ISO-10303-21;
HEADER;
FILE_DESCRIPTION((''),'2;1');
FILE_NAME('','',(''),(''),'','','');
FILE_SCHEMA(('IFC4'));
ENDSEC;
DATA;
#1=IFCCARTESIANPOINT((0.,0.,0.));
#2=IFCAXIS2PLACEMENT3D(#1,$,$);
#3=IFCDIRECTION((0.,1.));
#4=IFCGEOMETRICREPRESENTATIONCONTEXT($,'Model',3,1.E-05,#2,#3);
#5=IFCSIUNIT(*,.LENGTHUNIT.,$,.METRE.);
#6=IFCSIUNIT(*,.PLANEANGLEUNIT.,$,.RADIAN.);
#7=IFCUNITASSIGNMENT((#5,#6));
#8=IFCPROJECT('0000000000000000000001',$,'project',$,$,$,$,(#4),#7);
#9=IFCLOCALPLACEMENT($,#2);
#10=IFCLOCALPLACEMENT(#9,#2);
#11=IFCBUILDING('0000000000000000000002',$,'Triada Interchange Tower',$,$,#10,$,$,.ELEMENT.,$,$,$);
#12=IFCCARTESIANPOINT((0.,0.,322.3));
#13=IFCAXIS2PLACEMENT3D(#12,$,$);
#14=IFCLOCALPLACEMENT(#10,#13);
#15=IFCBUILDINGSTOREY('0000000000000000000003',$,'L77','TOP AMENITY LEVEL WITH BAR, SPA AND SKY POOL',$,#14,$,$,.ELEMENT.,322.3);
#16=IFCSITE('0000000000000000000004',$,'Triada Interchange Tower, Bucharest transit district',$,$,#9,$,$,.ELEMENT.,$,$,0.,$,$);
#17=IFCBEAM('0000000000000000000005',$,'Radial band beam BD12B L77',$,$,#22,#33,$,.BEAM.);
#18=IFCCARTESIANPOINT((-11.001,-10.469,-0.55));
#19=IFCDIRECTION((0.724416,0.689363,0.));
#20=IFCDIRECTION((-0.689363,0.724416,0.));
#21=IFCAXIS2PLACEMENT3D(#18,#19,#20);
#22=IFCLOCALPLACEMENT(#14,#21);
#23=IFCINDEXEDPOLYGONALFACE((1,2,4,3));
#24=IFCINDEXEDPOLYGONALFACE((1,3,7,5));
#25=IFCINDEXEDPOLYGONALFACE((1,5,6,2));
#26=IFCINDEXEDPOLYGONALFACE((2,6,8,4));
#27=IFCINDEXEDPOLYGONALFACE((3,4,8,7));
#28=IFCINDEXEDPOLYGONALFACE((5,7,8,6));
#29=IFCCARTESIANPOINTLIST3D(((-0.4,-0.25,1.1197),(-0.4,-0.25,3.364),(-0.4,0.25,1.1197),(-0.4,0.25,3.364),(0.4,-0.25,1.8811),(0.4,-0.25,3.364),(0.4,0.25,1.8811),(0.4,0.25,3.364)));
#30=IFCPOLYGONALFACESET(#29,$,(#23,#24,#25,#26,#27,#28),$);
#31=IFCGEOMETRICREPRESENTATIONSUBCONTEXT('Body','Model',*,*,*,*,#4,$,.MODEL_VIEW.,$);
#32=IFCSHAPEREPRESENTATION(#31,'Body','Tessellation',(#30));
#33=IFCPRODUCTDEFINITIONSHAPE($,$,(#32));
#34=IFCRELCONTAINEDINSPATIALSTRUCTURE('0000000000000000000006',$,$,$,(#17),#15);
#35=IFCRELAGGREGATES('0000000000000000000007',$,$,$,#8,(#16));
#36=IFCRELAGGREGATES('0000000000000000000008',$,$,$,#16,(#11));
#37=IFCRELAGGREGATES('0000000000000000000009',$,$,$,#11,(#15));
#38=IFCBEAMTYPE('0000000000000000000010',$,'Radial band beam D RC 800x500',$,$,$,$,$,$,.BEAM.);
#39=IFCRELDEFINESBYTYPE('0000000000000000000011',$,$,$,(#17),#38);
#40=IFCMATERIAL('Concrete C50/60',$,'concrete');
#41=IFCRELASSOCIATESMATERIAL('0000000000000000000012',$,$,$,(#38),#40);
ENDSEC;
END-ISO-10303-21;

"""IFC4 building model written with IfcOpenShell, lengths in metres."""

from ifc_helpers import new_model, si_unit, direction, frame, origin, origin_2d, place, context, subcontext, project, spatial, rectangle, extrude, clip, halfspace, material, material_profile, profile_set, type_object, element, save


model = new_model("IFC4")

# Units and contexts
model_context = context("Model", 3, precision=1e-05, world=origin(), true_north=direction((0.0, 1.0)))
body_context = subcontext(model_context, "Body", "Model", "MODEL_VIEW")
ifc_project = project(units=[si_unit("LENGTHUNIT", "METRE"), si_unit("PLANEANGLEUNIT", "RADIAN")], contexts=[model_context])

# Site, building, storey
site_placement = place(None, origin())
site = spatial("IfcSite", under=ifc_project, at=site_placement, Name="Triada Interchange Tower, Bucharest transit district", CompositionType="ELEMENT", RefElevation=0.0)
building_placement = place(site_placement, origin())
building = spatial("IfcBuilding", under=site, at=building_placement, Name="Triada Interchange Tower", CompositionType="ELEMENT")
storey_placement = place(building_placement, frame((0.0, 0.0, 322.3)))
storey = spatial("IfcBuildingStorey", under=building, at=storey_placement, Name="L77", Description="TOP AMENITY LEVEL WITH BAR, SPA AND SKY POOL", CompositionType="ELEMENT", Elevation=322.3)

# Beam
ifc_material_1 = material(Name="Concrete C50/60", Category="concrete")
ifc_material_profile_1 = material_profile(ifc_material_1, rectangle(XDim=0.8, YDim=0.5, at=origin_2d()), Name="RC 800x500")
ifc_profile_set_1 = profile_set([ifc_material_profile_1], Name="Concrete C50/60")
beam_type_1 = type_object("IfcBeamType", Name="Radial band beam D RC 800x500", PredefinedType="BEAM", material=ifc_profile_set_1)
beam_1_placement = place(storey_placement, frame((-11.001, -10.469, -0.55), z_axis=(0.724416, 0.689363, 0.0), x_axis=(-0.689363, 0.724416, 0.0)))
element("IfcBeam", 1, at=beam_1_placement, inside=storey, type_object=beam_type_1, Name="Radial band beam BD12B L77", PredefinedType="BEAM", context=body_context, shape_type="Clipping", body=[
    clip(extrude(rectangle(XDim=0.8, YDim=0.5, at=origin_2d()), origin(), (0.0, 0.0, 1.0), 3.364), halfspace(frame((-3.9324, -321.75, -2.2417), z_axis=(0.689363, 0.0, -0.724416), x_axis=(0.0, -1.0, 0.0)), False)),
])

save(model, "model.ifc")
